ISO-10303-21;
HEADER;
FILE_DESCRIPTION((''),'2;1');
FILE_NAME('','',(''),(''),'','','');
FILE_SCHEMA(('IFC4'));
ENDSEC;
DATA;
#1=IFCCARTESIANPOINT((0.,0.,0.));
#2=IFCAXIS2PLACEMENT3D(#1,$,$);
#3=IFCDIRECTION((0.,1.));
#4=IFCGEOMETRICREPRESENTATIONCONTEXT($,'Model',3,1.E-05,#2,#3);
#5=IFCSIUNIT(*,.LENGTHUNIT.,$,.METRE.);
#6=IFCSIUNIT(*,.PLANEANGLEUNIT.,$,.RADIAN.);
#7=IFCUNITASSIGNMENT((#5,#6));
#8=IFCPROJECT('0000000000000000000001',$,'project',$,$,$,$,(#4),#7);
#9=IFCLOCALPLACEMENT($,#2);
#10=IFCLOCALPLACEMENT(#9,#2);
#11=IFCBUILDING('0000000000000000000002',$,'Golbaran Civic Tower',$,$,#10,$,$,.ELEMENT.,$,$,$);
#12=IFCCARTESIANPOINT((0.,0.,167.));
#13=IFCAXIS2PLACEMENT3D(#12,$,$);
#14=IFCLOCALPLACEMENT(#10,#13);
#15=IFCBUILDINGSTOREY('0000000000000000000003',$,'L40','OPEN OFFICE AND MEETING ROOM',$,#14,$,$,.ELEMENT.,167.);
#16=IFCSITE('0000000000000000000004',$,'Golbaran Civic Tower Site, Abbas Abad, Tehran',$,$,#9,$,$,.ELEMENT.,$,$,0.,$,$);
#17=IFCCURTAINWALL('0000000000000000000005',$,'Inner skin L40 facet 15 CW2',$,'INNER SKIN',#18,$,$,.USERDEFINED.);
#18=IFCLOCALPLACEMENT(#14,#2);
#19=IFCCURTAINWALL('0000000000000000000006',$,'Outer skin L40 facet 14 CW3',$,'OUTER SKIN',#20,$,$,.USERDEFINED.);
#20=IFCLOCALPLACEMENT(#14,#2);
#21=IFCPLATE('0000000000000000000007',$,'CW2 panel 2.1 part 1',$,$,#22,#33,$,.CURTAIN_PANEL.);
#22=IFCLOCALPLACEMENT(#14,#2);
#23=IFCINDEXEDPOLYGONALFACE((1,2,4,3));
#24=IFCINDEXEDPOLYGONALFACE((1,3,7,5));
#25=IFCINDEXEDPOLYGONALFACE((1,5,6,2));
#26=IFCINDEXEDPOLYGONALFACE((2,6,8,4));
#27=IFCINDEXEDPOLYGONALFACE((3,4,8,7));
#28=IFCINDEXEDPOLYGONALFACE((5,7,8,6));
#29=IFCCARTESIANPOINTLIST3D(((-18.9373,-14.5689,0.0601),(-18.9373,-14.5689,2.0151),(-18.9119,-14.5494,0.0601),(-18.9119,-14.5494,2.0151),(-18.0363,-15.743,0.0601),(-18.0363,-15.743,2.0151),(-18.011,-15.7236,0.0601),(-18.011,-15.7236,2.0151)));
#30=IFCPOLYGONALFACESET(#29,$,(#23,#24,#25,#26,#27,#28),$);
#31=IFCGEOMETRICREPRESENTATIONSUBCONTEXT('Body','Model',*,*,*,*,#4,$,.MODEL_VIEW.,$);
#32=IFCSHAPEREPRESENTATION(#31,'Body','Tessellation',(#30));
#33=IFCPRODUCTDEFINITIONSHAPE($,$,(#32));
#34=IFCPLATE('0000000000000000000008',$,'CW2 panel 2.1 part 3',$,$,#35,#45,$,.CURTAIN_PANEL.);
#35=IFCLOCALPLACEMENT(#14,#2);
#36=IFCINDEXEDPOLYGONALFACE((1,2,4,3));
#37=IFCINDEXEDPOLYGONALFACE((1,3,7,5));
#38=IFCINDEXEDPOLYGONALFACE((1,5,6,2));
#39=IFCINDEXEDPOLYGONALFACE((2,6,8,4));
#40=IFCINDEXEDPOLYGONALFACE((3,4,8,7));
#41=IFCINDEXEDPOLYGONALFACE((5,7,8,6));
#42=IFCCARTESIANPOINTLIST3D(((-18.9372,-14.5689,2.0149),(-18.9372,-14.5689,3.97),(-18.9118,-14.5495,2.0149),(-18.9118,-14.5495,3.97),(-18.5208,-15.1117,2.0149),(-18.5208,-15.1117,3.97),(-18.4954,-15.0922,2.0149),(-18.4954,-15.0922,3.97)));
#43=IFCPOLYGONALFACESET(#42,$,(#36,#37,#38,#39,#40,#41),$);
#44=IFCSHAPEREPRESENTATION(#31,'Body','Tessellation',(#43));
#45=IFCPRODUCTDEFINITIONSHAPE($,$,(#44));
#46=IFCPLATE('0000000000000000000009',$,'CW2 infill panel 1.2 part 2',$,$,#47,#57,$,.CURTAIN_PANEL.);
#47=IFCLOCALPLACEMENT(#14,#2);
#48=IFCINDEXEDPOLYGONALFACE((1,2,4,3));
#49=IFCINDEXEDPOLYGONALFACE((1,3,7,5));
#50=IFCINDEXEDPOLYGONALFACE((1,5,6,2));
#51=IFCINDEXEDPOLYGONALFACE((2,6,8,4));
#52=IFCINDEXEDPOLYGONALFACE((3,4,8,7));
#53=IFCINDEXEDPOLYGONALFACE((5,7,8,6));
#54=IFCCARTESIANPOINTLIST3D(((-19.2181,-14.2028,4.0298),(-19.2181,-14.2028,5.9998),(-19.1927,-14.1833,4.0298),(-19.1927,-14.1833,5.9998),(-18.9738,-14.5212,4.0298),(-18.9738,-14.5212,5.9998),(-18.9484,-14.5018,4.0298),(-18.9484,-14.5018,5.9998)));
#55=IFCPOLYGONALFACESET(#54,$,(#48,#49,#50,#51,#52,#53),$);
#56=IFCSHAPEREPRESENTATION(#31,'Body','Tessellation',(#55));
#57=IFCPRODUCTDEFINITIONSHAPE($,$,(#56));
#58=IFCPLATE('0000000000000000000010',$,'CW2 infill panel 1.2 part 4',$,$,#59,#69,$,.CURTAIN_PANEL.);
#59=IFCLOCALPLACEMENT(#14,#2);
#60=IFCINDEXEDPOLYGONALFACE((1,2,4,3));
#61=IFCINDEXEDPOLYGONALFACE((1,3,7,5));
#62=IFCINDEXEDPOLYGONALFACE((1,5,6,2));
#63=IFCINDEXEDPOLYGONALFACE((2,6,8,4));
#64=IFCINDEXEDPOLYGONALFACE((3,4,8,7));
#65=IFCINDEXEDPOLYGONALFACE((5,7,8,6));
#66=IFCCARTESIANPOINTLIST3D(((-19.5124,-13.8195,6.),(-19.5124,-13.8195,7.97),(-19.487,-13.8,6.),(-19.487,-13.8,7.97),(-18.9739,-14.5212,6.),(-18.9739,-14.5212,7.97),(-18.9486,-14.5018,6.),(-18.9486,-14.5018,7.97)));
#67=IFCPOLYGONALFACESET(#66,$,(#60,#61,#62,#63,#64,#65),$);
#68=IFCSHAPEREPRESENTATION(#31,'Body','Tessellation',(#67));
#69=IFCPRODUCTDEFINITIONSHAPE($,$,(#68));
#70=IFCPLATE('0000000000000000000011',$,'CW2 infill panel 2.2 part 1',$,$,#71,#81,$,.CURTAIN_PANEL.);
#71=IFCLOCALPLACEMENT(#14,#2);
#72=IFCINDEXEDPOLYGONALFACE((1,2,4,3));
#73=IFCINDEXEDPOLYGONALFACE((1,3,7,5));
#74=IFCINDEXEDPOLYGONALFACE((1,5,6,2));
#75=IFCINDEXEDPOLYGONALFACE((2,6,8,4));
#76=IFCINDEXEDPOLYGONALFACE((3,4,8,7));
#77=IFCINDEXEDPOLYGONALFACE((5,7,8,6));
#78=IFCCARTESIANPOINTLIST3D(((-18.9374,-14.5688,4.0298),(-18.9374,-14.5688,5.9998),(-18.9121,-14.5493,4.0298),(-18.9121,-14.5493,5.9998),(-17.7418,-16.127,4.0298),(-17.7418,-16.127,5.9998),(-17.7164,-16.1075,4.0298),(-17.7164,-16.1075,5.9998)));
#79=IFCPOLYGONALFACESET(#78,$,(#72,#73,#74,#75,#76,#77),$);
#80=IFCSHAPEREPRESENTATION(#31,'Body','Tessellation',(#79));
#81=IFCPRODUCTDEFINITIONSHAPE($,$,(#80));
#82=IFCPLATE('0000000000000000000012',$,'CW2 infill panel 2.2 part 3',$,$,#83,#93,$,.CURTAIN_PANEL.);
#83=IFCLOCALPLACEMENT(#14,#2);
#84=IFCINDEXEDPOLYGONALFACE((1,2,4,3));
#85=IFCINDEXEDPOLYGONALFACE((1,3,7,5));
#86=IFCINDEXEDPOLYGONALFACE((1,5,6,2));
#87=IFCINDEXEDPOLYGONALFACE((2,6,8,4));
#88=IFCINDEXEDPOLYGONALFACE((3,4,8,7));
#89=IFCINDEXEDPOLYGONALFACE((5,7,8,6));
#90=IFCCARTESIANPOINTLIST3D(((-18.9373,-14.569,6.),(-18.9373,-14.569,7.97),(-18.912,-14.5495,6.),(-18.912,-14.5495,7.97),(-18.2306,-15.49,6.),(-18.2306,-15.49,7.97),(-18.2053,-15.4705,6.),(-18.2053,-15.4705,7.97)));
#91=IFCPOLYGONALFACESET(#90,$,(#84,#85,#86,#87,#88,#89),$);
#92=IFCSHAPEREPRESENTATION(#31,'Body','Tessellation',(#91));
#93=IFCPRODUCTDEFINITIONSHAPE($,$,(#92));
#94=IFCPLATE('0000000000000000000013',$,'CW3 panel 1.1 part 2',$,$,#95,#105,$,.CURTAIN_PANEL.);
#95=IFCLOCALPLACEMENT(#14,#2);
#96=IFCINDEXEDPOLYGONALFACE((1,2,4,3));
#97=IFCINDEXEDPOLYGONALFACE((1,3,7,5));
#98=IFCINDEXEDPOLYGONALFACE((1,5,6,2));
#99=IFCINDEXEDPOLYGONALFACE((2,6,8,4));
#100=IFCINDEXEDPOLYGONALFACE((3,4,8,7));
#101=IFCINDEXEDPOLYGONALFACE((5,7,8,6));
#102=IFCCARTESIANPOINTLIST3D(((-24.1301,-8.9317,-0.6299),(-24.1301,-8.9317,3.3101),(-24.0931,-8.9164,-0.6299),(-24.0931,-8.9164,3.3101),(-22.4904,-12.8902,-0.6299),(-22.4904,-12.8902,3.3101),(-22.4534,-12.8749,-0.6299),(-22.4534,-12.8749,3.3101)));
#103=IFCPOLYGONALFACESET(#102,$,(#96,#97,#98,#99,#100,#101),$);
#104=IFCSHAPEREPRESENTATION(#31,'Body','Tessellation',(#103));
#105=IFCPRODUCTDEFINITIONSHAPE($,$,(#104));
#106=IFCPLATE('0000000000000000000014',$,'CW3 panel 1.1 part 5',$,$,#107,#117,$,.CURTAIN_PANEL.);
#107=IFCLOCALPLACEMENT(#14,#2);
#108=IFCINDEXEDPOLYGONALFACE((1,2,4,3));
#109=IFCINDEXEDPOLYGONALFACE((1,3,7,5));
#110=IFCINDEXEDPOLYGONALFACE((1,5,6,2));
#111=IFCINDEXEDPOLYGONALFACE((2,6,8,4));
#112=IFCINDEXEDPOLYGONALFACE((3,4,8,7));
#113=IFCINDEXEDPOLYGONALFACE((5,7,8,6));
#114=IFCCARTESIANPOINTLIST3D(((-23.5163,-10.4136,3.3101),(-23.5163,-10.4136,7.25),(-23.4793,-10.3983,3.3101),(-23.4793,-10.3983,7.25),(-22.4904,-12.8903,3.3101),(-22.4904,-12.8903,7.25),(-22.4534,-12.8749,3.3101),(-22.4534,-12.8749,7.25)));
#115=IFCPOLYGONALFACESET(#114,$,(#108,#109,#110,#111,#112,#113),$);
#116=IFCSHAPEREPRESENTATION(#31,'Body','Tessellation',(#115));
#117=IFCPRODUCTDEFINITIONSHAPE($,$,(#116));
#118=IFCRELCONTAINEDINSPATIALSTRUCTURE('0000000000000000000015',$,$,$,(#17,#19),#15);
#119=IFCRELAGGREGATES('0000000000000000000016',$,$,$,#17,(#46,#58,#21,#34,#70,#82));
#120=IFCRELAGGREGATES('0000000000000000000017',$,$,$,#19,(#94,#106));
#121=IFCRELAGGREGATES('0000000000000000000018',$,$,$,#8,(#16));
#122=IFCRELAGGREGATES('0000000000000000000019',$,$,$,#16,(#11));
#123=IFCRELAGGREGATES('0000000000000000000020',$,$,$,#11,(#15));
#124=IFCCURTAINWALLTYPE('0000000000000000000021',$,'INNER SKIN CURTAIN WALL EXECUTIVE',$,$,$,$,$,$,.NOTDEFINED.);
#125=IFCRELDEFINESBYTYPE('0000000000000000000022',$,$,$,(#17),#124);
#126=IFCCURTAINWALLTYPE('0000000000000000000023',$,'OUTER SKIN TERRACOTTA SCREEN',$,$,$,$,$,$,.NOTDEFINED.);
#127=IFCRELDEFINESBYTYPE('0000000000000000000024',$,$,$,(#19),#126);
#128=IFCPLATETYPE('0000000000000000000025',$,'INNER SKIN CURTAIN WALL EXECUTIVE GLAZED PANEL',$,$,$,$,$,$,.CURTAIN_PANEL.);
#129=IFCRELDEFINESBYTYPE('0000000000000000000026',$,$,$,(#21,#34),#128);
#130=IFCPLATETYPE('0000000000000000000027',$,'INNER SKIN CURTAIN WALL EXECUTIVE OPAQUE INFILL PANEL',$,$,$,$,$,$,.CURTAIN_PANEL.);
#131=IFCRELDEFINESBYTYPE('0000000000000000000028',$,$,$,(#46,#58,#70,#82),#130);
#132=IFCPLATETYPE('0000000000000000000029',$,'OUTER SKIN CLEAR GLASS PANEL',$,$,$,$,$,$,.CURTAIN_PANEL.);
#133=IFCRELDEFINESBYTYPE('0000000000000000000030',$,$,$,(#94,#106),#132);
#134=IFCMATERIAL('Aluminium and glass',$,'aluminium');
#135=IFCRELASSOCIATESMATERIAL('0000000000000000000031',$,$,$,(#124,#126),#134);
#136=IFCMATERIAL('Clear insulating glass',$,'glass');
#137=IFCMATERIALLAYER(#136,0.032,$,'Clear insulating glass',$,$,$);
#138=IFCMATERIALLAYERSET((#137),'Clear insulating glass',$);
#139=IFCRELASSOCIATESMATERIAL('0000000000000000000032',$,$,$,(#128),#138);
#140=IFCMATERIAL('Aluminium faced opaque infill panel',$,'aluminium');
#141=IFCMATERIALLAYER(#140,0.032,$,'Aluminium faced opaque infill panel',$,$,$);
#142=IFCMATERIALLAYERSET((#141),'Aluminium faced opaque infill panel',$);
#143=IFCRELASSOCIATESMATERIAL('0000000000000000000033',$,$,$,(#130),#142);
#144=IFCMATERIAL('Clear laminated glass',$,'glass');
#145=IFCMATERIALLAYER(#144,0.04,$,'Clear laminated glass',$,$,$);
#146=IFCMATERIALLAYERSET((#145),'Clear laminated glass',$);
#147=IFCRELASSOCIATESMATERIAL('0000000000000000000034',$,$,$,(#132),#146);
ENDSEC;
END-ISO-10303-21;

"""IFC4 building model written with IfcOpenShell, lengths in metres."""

from ifc_helpers import new_model, si_unit, direction, frame, origin, origin_2d, place, context, subcontext, project, spatial, rectangle, extrude, material, layer, layer_set, type_object, element, aggregate, save


model = new_model("IFC4")

# Units and contexts
model_context = context("Model", 3, precision=1e-05, world=origin(), true_north=direction((0.0, 1.0)))
body_context = subcontext(model_context, "Body", "Model", "MODEL_VIEW")
ifc_project = project(units=[si_unit("LENGTHUNIT", "METRE"), si_unit("PLANEANGLEUNIT", "RADIAN")], contexts=[model_context])

# Site, building, storey
site_placement = place(None, origin())
site = spatial("IfcSite", under=ifc_project, at=site_placement, Name="Golbaran Civic Tower Site, Abbas Abad, Tehran", CompositionType="ELEMENT", RefElevation=0.0)
building_placement = place(site_placement, origin())
building = spatial("IfcBuilding", under=site, at=building_placement, Name="Golbaran Civic Tower", CompositionType="ELEMENT")
storey_placement = place(building_placement, frame((0.0, 0.0, 167.0)))
storey = spatial("IfcBuildingStorey", under=building, at=storey_placement, Name="L40", Description="OPEN OFFICE AND MEETING ROOM", CompositionType="ELEMENT", Elevation=167.0)

# Shared definitions
ifc_material_1 = material(Name="Aluminium and glass", Category="aluminium")
curtain_wall_type_1 = type_object("IfcCurtainWallType", Name="INNER SKIN CURTAIN WALL EXECUTIVE", PredefinedType="NOTDEFINED", material=ifc_material_1)

# Curtain wall
curtain_wall_1_placement = place(storey_placement, origin())
curtain_wall_1 = element("IfcCurtainWall", 1, at=curtain_wall_1_placement, inside=storey, type_object=curtain_wall_type_1, Name="Inner skin L40 facet 15 CW2", ObjectType="INNER SKIN", PredefinedType="USERDEFINED")

# Curtain wall
curtain_wall_type_2 = type_object("IfcCurtainWallType", Name="OUTER SKIN TERRACOTTA SCREEN", PredefinedType="NOTDEFINED", material=ifc_material_1)
curtain_wall_2_placement = place(storey_placement, origin())
curtain_wall_2 = element("IfcCurtainWall", 2, at=curtain_wall_2_placement, inside=storey, type_object=curtain_wall_type_2, Name="Outer skin L40 facet 14 CW3", ObjectType="OUTER SKIN", PredefinedType="USERDEFINED")

# Plates
ifc_material_2 = material(Name="Clear insulating glass", Category="glass")
ifc_layer_1 = layer(ifc_material_2, 0.032, Name="Clear insulating glass")
ifc_layer_set_1 = layer_set([ifc_layer_1], Name="Clear insulating glass")
plate_type_1 = type_object("IfcPlateType", Name="INNER SKIN CURTAIN WALL EXECUTIVE GLAZED PANEL", PredefinedType="CURTAIN_PANEL", material=ifc_layer_set_1)
plate_1_placement = place(storey_placement, frame((-18.4741, -15.1462, 0.0601), z_axis=(0.0, 0.0, 1.0), x_axis=(0.608761, -0.793353, 0.0)))
plate_1 = element("IfcPlate", 3, at=plate_1_placement, type_object=plate_type_1, Name="CW2 panel 2.1 part 1", PredefinedType="CURTAIN_PANEL", context=body_context, shape_type="SweptSolid", body=[
    extrude(rectangle(XDim=1.48, YDim=0.032, at=origin_2d()), origin(), (0.0, 0.0, 1.0), 1.9551),
])
plate_2_placement = place(storey_placement, frame((-18.7163, -14.8306, 2.0149), z_axis=(0.0, 0.0, 1.0), x_axis=(0.608761, -0.793353, 0.0)))
plate_2 = element("IfcPlate", 4, at=plate_2_placement, type_object=plate_type_1, Name="CW2 panel 2.1 part 3", PredefinedType="CURTAIN_PANEL", context=body_context, shape_type="SweptSolid", body=[
    extrude(rectangle(XDim=0.6841, YDim=0.032, at=origin_2d()), origin(), (0.0, 0.0, 1.0), 1.9551),
])
ifc_material_3 = material(Name="Aluminium faced opaque infill panel", Category="aluminium")
ifc_layer_2 = layer(ifc_material_3, 0.032, Name="Aluminium faced opaque infill panel")
ifc_layer_set_2 = layer_set([ifc_layer_2], Name="Aluminium faced opaque infill panel")
plate_type_2 = type_object("IfcPlateType", Name="INNER SKIN CURTAIN WALL EXECUTIVE OPAQUE INFILL PANEL", PredefinedType="CURTAIN_PANEL", material=ifc_layer_set_2)
plate_3_placement = place(storey_placement, frame((-19.0833, -14.3523, 4.0298), z_axis=(0.0, 0.0, 1.0), x_axis=(0.608761, -0.793353, 0.0)))
plate_3 = element("IfcPlate", 5, at=plate_3_placement, type_object=plate_type_2, Name="CW2 infill panel 1.2 part 2", PredefinedType="CURTAIN_PANEL", context=body_context, shape_type="SweptSolid", body=[
    extrude(rectangle(XDim=0.4014, YDim=0.032, at=origin_2d()), origin(), (0.0, 0.0, 1.0), 1.97),
])
plate_4_placement = place(storey_placement, frame((-19.2305, -14.1606, 6.0), z_axis=(0.0, 0.0, 1.0), x_axis=(0.608761, -0.793353, 0.0)))
plate_4 = element("IfcPlate", 6, at=plate_4_placement, type_object=plate_type_2, Name="CW2 infill panel 1.2 part 4", PredefinedType="CURTAIN_PANEL", context=body_context, shape_type="SweptSolid", body=[
    extrude(rectangle(XDim=0.8845, YDim=0.032, at=origin_2d()), origin(), (0.0, 0.0, 1.0), 1.97),
])
plate_5_placement = place(storey_placement, frame((-18.3269, -15.3381, 4.0298), z_axis=(0.0, 0.0, 1.0), x_axis=(0.608761, -0.793353, 0.0)))
plate_5 = element("IfcPlate", 7, at=plate_5_placement, type_object=plate_type_2, Name="CW2 infill panel 2.2 part 1", PredefinedType="CURTAIN_PANEL", context=body_context, shape_type="SweptSolid", body=[
    extrude(rectangle(XDim=1.9641, YDim=0.032, at=origin_2d()), origin(), (0.0, 0.0, 1.0), 1.97),
])
plate_6_placement = place(storey_placement, frame((-18.5713, -15.0198, 6.0), z_axis=(0.0, 0.0, 1.0), x_axis=(0.608761, -0.793353, 0.0)))
plate_6 = element("IfcPlate", 8, at=plate_6_placement, type_object=plate_type_2, Name="CW2 infill panel 2.2 part 3", PredefinedType="CURTAIN_PANEL", context=body_context, shape_type="SweptSolid", body=[
    extrude(rectangle(XDim=1.1609, YDim=0.032, at=origin_2d()), origin(), (0.0, 0.0, 1.0), 1.97),
])
aggregate(curtain_wall_1, [plate_3, plate_4, plate_1, plate_2, plate_5, plate_6])
ifc_material_4 = material(Name="Clear laminated glass", Category="glass")
ifc_layer_3 = layer(ifc_material_4, 0.04, Name="Clear laminated glass")
ifc_layer_set_3 = layer_set([ifc_layer_3], Name="Clear laminated glass")
plate_type_3 = type_object("IfcPlateType", Name="OUTER SKIN CLEAR GLASS PANEL", PredefinedType="CURTAIN_PANEL", material=ifc_layer_set_3)
plate_7_placement = place(storey_placement, frame((-23.2917, -10.9033, -0.6299), z_axis=(0.0, 0.0, 1.0), x_axis=(0.382683, -0.92388, 0.0)))
plate_7 = element("IfcPlate", 9, at=plate_7_placement, type_object=plate_type_3, Name="CW3 panel 1.1 part 2", PredefinedType="CURTAIN_PANEL", context=body_context, shape_type="SweptSolid", body=[
    extrude(rectangle(XDim=4.2847, YDim=0.04, at=origin_2d()), origin(), (0.0, 0.0, 1.0), 3.9399),
])
plate_8_placement = place(storey_placement, frame((-22.9849, -11.6443, 3.3101), z_axis=(0.0, 0.0, 1.0), x_axis=(0.382683, -0.92388, 0.0)))
plate_8 = element("IfcPlate", 10, at=plate_8_placement, type_object=plate_type_3, Name="CW3 panel 1.1 part 5", PredefinedType="CURTAIN_PANEL", context=body_context, shape_type="SweptSolid", body=[
    extrude(rectangle(XDim=2.6807, YDim=0.04, at=origin_2d()), origin(), (0.0, 0.0, 1.0), 3.9399),
])
aggregate(curtain_wall_2, [plate_7, plate_8])

save(model, "model.ifc")
